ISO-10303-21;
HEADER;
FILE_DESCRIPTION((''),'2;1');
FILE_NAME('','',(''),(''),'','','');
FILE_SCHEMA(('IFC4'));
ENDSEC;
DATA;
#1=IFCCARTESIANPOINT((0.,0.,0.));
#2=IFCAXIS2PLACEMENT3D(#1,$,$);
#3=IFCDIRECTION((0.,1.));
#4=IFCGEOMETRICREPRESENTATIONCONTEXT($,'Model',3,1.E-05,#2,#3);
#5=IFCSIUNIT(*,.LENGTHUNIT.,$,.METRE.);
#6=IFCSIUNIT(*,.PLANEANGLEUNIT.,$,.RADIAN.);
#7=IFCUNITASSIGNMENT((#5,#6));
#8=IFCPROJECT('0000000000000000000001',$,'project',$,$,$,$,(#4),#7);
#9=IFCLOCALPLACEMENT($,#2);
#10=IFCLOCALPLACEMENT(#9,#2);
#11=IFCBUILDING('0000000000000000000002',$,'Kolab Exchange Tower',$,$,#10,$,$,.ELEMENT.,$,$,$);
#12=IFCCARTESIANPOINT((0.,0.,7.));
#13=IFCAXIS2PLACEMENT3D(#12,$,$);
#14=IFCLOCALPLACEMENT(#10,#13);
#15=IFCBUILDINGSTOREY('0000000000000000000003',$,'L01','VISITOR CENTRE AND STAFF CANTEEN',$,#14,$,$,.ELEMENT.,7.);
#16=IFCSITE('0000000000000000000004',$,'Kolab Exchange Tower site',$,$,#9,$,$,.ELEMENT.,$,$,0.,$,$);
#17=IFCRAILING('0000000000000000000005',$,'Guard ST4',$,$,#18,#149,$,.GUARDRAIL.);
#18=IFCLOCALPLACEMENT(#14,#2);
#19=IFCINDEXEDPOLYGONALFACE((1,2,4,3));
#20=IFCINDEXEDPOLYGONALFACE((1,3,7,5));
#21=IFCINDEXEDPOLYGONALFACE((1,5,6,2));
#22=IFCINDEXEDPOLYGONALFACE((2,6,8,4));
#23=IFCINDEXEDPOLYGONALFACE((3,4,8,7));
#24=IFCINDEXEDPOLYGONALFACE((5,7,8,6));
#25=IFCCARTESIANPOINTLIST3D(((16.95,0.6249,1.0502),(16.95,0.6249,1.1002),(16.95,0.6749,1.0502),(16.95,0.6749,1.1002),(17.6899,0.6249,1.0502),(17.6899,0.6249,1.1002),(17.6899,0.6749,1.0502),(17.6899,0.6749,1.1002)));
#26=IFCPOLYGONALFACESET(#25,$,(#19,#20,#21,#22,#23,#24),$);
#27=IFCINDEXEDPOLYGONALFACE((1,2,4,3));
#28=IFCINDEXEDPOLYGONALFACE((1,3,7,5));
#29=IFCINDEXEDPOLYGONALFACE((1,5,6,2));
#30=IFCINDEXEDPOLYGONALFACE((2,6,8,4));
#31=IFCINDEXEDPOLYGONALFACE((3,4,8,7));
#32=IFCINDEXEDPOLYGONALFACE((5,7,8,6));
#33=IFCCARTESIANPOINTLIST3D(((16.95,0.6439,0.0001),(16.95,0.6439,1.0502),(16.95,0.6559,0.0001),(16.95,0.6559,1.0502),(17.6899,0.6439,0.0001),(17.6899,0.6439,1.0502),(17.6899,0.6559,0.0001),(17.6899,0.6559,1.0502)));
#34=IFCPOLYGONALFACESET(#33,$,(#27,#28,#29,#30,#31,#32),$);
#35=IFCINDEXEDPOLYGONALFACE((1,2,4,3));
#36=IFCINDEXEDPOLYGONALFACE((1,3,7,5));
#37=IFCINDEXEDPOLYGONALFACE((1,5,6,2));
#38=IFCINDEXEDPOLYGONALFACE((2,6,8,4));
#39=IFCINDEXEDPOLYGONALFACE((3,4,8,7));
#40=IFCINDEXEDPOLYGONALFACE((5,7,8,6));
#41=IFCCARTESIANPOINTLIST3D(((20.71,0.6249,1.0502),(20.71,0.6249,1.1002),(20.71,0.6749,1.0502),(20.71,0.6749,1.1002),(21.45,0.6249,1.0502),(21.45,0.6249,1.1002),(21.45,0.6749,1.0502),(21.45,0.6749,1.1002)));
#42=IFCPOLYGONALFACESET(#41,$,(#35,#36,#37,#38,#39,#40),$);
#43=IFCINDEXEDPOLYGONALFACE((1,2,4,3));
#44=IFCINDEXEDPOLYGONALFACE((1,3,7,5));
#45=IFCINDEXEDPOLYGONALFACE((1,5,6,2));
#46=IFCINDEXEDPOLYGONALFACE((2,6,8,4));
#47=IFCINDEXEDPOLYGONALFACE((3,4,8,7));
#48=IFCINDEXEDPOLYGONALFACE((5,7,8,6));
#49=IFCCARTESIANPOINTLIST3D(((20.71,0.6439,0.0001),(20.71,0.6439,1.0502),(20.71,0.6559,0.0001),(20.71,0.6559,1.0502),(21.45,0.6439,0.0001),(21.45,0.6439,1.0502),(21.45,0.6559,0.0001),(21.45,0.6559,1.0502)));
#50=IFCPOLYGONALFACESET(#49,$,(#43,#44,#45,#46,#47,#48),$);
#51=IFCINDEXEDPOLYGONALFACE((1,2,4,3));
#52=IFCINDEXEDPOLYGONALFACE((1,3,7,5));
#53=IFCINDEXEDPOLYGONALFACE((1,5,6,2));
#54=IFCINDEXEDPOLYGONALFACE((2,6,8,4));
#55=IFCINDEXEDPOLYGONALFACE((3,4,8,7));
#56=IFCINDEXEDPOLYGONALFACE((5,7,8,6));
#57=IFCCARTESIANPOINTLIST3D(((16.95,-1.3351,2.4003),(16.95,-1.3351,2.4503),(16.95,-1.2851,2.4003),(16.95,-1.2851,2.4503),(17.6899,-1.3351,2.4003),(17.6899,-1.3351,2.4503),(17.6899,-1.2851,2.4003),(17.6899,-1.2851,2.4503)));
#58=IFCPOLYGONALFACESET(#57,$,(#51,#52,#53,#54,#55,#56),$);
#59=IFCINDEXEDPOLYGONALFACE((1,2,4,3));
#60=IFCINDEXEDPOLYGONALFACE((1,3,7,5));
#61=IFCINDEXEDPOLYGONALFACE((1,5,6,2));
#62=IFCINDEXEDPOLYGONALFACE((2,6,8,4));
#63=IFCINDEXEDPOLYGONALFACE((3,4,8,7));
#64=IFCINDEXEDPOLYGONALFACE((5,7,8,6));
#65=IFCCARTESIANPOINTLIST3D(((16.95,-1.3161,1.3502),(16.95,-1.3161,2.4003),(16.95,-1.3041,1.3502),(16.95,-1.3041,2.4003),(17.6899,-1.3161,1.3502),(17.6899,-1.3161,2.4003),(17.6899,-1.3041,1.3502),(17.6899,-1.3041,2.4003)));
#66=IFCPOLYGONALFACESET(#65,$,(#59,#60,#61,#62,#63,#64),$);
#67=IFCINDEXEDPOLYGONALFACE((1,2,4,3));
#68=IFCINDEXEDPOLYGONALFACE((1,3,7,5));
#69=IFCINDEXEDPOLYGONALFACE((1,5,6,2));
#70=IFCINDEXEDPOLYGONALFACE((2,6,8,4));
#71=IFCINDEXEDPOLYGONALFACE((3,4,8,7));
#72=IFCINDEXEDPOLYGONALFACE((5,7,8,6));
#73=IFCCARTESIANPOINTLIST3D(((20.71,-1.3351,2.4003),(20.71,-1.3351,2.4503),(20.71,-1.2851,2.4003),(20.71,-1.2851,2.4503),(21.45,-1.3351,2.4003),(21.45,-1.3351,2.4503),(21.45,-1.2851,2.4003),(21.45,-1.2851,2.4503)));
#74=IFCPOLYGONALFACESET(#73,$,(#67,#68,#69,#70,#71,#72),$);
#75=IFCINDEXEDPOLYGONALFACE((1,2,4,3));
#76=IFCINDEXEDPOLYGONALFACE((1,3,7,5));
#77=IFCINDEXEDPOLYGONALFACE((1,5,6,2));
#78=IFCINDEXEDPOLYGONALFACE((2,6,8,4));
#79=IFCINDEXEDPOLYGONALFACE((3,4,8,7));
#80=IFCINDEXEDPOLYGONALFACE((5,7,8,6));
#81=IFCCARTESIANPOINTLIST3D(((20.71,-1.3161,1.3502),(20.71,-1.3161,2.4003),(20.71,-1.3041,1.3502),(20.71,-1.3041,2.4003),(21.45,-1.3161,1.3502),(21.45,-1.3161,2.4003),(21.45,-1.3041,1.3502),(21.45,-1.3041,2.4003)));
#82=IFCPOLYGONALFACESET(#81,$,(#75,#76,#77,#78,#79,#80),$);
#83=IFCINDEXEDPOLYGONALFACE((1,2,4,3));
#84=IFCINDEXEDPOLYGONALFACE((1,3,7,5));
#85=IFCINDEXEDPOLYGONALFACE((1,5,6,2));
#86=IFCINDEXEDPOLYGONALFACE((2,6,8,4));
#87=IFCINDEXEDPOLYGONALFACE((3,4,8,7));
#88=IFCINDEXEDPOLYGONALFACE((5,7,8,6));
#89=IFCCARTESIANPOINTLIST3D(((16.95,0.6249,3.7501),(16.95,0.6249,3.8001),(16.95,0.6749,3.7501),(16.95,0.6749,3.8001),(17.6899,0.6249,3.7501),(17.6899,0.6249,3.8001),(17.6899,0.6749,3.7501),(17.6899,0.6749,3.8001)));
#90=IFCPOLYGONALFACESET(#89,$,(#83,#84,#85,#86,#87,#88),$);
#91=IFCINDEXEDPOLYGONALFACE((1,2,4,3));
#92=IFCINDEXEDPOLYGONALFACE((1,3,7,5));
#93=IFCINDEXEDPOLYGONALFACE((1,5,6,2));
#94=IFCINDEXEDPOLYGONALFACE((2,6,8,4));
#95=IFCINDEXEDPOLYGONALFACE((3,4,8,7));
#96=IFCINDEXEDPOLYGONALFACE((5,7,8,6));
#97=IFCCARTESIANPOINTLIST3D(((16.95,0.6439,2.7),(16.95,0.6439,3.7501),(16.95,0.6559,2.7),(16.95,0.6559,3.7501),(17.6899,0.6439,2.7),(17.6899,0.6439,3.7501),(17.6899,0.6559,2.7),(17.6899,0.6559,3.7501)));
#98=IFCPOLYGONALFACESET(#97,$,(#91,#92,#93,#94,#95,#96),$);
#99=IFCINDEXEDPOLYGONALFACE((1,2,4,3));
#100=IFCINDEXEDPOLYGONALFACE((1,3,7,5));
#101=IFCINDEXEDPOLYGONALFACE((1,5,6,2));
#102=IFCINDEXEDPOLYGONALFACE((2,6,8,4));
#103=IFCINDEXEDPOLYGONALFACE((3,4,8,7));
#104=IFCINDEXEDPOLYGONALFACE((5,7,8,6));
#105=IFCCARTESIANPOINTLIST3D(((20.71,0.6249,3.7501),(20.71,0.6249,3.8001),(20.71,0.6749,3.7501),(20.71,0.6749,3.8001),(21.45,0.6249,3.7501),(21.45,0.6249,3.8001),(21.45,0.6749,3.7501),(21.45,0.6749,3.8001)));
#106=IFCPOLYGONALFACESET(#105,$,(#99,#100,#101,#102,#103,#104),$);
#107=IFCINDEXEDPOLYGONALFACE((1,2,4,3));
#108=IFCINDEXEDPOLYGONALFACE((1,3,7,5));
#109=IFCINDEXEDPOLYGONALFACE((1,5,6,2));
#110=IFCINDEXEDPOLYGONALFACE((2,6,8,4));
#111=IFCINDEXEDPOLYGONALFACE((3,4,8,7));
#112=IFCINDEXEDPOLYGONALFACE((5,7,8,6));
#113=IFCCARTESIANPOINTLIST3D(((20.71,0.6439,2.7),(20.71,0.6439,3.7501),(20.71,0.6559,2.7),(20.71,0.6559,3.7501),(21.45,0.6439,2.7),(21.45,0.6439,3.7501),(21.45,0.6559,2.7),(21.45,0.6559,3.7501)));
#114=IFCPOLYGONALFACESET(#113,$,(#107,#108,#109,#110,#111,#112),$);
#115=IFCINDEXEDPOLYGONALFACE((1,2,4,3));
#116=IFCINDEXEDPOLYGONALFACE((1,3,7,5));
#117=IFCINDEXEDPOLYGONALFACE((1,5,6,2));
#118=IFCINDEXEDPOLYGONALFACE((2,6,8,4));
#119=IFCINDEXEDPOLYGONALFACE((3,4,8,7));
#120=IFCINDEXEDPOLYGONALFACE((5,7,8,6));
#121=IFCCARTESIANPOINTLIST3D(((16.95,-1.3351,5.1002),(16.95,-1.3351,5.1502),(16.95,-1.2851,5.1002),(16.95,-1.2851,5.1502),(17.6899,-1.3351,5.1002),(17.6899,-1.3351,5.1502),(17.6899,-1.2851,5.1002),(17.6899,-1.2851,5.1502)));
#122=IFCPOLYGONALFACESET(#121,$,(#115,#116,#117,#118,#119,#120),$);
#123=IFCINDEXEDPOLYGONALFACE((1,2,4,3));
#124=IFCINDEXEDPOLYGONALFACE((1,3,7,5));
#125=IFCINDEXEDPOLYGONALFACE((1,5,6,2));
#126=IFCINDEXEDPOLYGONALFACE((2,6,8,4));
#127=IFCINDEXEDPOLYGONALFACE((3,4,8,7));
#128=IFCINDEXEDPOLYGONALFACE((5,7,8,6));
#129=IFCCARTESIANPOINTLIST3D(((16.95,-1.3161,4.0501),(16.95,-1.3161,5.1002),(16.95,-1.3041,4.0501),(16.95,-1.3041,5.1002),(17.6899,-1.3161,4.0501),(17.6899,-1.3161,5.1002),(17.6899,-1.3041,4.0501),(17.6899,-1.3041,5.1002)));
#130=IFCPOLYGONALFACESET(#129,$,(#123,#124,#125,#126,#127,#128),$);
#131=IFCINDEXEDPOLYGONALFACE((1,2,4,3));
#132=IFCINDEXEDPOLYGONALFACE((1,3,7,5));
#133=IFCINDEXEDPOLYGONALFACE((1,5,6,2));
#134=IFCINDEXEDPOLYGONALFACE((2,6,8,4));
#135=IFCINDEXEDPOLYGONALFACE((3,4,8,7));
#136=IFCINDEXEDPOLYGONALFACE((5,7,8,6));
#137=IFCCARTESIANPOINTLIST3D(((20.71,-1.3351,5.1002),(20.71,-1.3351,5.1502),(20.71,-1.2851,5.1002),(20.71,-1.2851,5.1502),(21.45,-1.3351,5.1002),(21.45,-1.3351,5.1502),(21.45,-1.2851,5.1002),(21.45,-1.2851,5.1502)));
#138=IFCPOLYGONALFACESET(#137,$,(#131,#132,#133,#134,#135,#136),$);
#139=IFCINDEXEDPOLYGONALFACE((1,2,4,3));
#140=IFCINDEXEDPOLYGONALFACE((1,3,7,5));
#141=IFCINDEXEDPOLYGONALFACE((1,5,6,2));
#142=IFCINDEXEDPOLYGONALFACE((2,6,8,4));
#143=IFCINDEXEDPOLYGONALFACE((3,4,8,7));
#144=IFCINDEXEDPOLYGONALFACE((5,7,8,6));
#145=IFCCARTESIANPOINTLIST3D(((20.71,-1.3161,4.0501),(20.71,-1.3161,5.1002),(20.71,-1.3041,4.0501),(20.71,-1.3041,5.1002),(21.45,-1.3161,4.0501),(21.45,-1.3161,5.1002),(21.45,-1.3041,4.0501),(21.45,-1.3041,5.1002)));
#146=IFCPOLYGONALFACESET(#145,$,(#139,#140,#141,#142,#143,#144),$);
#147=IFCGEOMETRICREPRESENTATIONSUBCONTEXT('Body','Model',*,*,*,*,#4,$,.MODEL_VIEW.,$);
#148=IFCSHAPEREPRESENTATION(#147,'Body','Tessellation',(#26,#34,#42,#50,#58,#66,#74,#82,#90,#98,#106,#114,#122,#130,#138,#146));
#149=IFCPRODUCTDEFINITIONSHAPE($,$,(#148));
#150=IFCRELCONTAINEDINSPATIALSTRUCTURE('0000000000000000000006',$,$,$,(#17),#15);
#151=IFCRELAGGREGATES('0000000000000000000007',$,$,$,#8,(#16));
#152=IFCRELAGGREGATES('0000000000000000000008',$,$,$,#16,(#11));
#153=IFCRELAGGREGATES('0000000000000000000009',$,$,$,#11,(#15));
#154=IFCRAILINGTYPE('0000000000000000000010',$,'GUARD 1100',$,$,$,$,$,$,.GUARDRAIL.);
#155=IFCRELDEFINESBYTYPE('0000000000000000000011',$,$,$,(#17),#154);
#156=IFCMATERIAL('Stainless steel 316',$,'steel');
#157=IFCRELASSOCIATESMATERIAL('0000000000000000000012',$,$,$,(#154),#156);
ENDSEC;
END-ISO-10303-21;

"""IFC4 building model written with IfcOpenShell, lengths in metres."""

from ifc_helpers import new_model, si_unit, direction, frame, frame_2d, origin, origin_2d, place, context, subcontext, project, spatial, rectangle, extrude, material, type_object, element, save


model = new_model("IFC4")

# Units and contexts
model_context = context("Model", 3, precision=1e-05, world=origin(), true_north=direction((0.0, 1.0)))
body_context = subcontext(model_context, "Body", "Model", "MODEL_VIEW")
ifc_project = project(units=[si_unit("LENGTHUNIT", "METRE"), si_unit("PLANEANGLEUNIT", "RADIAN")], contexts=[model_context])

# Site, building, storey
site_placement = place(None, origin())
site = spatial("IfcSite", under=ifc_project, at=site_placement, Name="Kolab Exchange Tower site", CompositionType="ELEMENT", RefElevation=0.0)
building_placement = place(site_placement, origin())
building = spatial("IfcBuilding", under=site, at=building_placement, Name="Kolab Exchange Tower", CompositionType="ELEMENT")
storey_placement = place(building_placement, frame((0.0, 0.0, 7.0)))
storey = spatial("IfcBuildingStorey", under=building, at=storey_placement, Name="L01", Description="VISITOR CENTRE AND STAFF CANTEEN", CompositionType="ELEMENT", Elevation=7.0)

# Railing
ifc_material_1 = material(Name="Stainless steel 316", Category="steel")
railing_type = type_object("IfcRailingType", Name="GUARD 1100", PredefinedType="GUARDRAIL", material=ifc_material_1)
railing_placement = place(storey_placement, frame((16.95, 0.6499, 0.0)))
element("IfcRailing", 1, at=railing_placement, inside=storey, type_object=railing_type, Name="Guard ST4", PredefinedType="GUARDRAIL", context=body_context, shape_type="SweptSolid", body=[
    extrude(rectangle(XDim=0.05, YDim=0.05, at=origin_2d()), frame((0.0, 0.0, 1.0752), z_axis=(1.0, 0.0, 0.0), x_axis=(0.0, 1.0, 0.0)), (0.0, 0.0, 1.0), 0.74),
    extrude(rectangle(XDim=0.012, YDim=1.0501, at=frame_2d((0.0, 0.5251))), frame((0.0, 0.0, 0.0), z_axis=(1.0, 0.0, 0.0), x_axis=(0.0, 1.0, 0.0)), (0.0, 0.0, 1.0), 0.74),
    extrude(rectangle(XDim=0.05, YDim=0.05, at=origin_2d()), frame((3.76, 0.0, 1.0752), z_axis=(1.0, 0.0, 0.0), x_axis=(0.0, 1.0, 0.0)), (0.0, 0.0, 1.0), 0.74),
    extrude(rectangle(XDim=0.012, YDim=1.0501, at=frame_2d((0.0, 0.5251))), frame((3.76, 0.0, 0.0), z_axis=(1.0, 0.0, 0.0), x_axis=(0.0, 1.0, 0.0)), (0.0, 0.0, 1.0), 0.74),
    extrude(rectangle(XDim=0.05, YDim=0.05, at=origin_2d()), frame((0.0, -1.96, 2.4253), z_axis=(1.0, 0.0, 0.0), x_axis=(0.0, 1.0, 0.0)), (0.0, 0.0, 1.0), 0.74),
    extrude(rectangle(XDim=0.012, YDim=1.0501, at=frame_2d((0.0, 0.5251))), frame((0.0, -1.96, 1.3501), z_axis=(1.0, 0.0, 0.0), x_axis=(0.0, 1.0, 0.0)), (0.0, 0.0, 1.0), 0.74),
    extrude(rectangle(XDim=0.05, YDim=0.05, at=origin_2d()), frame((3.76, -1.96, 2.4253), z_axis=(1.0, 0.0, 0.0), x_axis=(0.0, 1.0, 0.0)), (0.0, 0.0, 1.0), 0.74),
    extrude(rectangle(XDim=0.012, YDim=1.0501, at=frame_2d((0.0, 0.5251))), frame((3.76, -1.96, 1.3501), z_axis=(1.0, 0.0, 0.0), x_axis=(0.0, 1.0, 0.0)), (0.0, 0.0, 1.0), 0.74),
    extrude(rectangle(XDim=0.05, YDim=0.05, at=origin_2d()), frame((0.0, 0.0, 3.7751), z_axis=(1.0, 0.0, 0.0), x_axis=(0.0, 1.0, 0.0)), (0.0, 0.0, 1.0), 0.74),
    extrude(rectangle(XDim=0.012, YDim=1.0501, at=frame_2d((0.0, 0.5251))), frame((0.0, 0.0, 2.7), z_axis=(1.0, 0.0, 0.0), x_axis=(0.0, 1.0, 0.0)), (0.0, 0.0, 1.0), 0.74),
    extrude(rectangle(XDim=0.05, YDim=0.05, at=origin_2d()), frame((3.76, 0.0, 3.7751), z_axis=(1.0, 0.0, 0.0), x_axis=(0.0, 1.0, 0.0)), (0.0, 0.0, 1.0), 0.74),
    extrude(rectangle(XDim=0.012, YDim=1.0501, at=frame_2d((0.0, 0.5251))), frame((3.76, 0.0, 2.7), z_axis=(1.0, 0.0, 0.0), x_axis=(0.0, 1.0, 0.0)), (0.0, 0.0, 1.0), 0.74),
    extrude(rectangle(XDim=0.05, YDim=0.05, at=origin_2d()), frame((0.0, -1.96, 5.1252), z_axis=(1.0, 0.0, 0.0), x_axis=(0.0, 1.0, 0.0)), (0.0, 0.0, 1.0), 0.74),
    extrude(rectangle(XDim=0.012, YDim=1.0501, at=frame_2d((0.0, 0.5251))), frame((0.0, -1.96, 4.05), z_axis=(1.0, 0.0, 0.0), x_axis=(0.0, 1.0, 0.0)), (0.0, 0.0, 1.0), 0.74),
    extrude(rectangle(XDim=0.05, YDim=0.05, at=origin_2d()), frame((3.76, -1.96, 5.1252), z_axis=(1.0, 0.0, 0.0), x_axis=(0.0, 1.0, 0.0)), (0.0, 0.0, 1.0), 0.74),
    extrude(rectangle(XDim=0.012, YDim=1.0501, at=frame_2d((0.0, 0.5251))), frame((3.76, -1.96, 4.05), z_axis=(1.0, 0.0, 0.0), x_axis=(0.0, 1.0, 0.0)), (0.0, 0.0, 1.0), 0.74),
])

save(model, "model.ifc")
